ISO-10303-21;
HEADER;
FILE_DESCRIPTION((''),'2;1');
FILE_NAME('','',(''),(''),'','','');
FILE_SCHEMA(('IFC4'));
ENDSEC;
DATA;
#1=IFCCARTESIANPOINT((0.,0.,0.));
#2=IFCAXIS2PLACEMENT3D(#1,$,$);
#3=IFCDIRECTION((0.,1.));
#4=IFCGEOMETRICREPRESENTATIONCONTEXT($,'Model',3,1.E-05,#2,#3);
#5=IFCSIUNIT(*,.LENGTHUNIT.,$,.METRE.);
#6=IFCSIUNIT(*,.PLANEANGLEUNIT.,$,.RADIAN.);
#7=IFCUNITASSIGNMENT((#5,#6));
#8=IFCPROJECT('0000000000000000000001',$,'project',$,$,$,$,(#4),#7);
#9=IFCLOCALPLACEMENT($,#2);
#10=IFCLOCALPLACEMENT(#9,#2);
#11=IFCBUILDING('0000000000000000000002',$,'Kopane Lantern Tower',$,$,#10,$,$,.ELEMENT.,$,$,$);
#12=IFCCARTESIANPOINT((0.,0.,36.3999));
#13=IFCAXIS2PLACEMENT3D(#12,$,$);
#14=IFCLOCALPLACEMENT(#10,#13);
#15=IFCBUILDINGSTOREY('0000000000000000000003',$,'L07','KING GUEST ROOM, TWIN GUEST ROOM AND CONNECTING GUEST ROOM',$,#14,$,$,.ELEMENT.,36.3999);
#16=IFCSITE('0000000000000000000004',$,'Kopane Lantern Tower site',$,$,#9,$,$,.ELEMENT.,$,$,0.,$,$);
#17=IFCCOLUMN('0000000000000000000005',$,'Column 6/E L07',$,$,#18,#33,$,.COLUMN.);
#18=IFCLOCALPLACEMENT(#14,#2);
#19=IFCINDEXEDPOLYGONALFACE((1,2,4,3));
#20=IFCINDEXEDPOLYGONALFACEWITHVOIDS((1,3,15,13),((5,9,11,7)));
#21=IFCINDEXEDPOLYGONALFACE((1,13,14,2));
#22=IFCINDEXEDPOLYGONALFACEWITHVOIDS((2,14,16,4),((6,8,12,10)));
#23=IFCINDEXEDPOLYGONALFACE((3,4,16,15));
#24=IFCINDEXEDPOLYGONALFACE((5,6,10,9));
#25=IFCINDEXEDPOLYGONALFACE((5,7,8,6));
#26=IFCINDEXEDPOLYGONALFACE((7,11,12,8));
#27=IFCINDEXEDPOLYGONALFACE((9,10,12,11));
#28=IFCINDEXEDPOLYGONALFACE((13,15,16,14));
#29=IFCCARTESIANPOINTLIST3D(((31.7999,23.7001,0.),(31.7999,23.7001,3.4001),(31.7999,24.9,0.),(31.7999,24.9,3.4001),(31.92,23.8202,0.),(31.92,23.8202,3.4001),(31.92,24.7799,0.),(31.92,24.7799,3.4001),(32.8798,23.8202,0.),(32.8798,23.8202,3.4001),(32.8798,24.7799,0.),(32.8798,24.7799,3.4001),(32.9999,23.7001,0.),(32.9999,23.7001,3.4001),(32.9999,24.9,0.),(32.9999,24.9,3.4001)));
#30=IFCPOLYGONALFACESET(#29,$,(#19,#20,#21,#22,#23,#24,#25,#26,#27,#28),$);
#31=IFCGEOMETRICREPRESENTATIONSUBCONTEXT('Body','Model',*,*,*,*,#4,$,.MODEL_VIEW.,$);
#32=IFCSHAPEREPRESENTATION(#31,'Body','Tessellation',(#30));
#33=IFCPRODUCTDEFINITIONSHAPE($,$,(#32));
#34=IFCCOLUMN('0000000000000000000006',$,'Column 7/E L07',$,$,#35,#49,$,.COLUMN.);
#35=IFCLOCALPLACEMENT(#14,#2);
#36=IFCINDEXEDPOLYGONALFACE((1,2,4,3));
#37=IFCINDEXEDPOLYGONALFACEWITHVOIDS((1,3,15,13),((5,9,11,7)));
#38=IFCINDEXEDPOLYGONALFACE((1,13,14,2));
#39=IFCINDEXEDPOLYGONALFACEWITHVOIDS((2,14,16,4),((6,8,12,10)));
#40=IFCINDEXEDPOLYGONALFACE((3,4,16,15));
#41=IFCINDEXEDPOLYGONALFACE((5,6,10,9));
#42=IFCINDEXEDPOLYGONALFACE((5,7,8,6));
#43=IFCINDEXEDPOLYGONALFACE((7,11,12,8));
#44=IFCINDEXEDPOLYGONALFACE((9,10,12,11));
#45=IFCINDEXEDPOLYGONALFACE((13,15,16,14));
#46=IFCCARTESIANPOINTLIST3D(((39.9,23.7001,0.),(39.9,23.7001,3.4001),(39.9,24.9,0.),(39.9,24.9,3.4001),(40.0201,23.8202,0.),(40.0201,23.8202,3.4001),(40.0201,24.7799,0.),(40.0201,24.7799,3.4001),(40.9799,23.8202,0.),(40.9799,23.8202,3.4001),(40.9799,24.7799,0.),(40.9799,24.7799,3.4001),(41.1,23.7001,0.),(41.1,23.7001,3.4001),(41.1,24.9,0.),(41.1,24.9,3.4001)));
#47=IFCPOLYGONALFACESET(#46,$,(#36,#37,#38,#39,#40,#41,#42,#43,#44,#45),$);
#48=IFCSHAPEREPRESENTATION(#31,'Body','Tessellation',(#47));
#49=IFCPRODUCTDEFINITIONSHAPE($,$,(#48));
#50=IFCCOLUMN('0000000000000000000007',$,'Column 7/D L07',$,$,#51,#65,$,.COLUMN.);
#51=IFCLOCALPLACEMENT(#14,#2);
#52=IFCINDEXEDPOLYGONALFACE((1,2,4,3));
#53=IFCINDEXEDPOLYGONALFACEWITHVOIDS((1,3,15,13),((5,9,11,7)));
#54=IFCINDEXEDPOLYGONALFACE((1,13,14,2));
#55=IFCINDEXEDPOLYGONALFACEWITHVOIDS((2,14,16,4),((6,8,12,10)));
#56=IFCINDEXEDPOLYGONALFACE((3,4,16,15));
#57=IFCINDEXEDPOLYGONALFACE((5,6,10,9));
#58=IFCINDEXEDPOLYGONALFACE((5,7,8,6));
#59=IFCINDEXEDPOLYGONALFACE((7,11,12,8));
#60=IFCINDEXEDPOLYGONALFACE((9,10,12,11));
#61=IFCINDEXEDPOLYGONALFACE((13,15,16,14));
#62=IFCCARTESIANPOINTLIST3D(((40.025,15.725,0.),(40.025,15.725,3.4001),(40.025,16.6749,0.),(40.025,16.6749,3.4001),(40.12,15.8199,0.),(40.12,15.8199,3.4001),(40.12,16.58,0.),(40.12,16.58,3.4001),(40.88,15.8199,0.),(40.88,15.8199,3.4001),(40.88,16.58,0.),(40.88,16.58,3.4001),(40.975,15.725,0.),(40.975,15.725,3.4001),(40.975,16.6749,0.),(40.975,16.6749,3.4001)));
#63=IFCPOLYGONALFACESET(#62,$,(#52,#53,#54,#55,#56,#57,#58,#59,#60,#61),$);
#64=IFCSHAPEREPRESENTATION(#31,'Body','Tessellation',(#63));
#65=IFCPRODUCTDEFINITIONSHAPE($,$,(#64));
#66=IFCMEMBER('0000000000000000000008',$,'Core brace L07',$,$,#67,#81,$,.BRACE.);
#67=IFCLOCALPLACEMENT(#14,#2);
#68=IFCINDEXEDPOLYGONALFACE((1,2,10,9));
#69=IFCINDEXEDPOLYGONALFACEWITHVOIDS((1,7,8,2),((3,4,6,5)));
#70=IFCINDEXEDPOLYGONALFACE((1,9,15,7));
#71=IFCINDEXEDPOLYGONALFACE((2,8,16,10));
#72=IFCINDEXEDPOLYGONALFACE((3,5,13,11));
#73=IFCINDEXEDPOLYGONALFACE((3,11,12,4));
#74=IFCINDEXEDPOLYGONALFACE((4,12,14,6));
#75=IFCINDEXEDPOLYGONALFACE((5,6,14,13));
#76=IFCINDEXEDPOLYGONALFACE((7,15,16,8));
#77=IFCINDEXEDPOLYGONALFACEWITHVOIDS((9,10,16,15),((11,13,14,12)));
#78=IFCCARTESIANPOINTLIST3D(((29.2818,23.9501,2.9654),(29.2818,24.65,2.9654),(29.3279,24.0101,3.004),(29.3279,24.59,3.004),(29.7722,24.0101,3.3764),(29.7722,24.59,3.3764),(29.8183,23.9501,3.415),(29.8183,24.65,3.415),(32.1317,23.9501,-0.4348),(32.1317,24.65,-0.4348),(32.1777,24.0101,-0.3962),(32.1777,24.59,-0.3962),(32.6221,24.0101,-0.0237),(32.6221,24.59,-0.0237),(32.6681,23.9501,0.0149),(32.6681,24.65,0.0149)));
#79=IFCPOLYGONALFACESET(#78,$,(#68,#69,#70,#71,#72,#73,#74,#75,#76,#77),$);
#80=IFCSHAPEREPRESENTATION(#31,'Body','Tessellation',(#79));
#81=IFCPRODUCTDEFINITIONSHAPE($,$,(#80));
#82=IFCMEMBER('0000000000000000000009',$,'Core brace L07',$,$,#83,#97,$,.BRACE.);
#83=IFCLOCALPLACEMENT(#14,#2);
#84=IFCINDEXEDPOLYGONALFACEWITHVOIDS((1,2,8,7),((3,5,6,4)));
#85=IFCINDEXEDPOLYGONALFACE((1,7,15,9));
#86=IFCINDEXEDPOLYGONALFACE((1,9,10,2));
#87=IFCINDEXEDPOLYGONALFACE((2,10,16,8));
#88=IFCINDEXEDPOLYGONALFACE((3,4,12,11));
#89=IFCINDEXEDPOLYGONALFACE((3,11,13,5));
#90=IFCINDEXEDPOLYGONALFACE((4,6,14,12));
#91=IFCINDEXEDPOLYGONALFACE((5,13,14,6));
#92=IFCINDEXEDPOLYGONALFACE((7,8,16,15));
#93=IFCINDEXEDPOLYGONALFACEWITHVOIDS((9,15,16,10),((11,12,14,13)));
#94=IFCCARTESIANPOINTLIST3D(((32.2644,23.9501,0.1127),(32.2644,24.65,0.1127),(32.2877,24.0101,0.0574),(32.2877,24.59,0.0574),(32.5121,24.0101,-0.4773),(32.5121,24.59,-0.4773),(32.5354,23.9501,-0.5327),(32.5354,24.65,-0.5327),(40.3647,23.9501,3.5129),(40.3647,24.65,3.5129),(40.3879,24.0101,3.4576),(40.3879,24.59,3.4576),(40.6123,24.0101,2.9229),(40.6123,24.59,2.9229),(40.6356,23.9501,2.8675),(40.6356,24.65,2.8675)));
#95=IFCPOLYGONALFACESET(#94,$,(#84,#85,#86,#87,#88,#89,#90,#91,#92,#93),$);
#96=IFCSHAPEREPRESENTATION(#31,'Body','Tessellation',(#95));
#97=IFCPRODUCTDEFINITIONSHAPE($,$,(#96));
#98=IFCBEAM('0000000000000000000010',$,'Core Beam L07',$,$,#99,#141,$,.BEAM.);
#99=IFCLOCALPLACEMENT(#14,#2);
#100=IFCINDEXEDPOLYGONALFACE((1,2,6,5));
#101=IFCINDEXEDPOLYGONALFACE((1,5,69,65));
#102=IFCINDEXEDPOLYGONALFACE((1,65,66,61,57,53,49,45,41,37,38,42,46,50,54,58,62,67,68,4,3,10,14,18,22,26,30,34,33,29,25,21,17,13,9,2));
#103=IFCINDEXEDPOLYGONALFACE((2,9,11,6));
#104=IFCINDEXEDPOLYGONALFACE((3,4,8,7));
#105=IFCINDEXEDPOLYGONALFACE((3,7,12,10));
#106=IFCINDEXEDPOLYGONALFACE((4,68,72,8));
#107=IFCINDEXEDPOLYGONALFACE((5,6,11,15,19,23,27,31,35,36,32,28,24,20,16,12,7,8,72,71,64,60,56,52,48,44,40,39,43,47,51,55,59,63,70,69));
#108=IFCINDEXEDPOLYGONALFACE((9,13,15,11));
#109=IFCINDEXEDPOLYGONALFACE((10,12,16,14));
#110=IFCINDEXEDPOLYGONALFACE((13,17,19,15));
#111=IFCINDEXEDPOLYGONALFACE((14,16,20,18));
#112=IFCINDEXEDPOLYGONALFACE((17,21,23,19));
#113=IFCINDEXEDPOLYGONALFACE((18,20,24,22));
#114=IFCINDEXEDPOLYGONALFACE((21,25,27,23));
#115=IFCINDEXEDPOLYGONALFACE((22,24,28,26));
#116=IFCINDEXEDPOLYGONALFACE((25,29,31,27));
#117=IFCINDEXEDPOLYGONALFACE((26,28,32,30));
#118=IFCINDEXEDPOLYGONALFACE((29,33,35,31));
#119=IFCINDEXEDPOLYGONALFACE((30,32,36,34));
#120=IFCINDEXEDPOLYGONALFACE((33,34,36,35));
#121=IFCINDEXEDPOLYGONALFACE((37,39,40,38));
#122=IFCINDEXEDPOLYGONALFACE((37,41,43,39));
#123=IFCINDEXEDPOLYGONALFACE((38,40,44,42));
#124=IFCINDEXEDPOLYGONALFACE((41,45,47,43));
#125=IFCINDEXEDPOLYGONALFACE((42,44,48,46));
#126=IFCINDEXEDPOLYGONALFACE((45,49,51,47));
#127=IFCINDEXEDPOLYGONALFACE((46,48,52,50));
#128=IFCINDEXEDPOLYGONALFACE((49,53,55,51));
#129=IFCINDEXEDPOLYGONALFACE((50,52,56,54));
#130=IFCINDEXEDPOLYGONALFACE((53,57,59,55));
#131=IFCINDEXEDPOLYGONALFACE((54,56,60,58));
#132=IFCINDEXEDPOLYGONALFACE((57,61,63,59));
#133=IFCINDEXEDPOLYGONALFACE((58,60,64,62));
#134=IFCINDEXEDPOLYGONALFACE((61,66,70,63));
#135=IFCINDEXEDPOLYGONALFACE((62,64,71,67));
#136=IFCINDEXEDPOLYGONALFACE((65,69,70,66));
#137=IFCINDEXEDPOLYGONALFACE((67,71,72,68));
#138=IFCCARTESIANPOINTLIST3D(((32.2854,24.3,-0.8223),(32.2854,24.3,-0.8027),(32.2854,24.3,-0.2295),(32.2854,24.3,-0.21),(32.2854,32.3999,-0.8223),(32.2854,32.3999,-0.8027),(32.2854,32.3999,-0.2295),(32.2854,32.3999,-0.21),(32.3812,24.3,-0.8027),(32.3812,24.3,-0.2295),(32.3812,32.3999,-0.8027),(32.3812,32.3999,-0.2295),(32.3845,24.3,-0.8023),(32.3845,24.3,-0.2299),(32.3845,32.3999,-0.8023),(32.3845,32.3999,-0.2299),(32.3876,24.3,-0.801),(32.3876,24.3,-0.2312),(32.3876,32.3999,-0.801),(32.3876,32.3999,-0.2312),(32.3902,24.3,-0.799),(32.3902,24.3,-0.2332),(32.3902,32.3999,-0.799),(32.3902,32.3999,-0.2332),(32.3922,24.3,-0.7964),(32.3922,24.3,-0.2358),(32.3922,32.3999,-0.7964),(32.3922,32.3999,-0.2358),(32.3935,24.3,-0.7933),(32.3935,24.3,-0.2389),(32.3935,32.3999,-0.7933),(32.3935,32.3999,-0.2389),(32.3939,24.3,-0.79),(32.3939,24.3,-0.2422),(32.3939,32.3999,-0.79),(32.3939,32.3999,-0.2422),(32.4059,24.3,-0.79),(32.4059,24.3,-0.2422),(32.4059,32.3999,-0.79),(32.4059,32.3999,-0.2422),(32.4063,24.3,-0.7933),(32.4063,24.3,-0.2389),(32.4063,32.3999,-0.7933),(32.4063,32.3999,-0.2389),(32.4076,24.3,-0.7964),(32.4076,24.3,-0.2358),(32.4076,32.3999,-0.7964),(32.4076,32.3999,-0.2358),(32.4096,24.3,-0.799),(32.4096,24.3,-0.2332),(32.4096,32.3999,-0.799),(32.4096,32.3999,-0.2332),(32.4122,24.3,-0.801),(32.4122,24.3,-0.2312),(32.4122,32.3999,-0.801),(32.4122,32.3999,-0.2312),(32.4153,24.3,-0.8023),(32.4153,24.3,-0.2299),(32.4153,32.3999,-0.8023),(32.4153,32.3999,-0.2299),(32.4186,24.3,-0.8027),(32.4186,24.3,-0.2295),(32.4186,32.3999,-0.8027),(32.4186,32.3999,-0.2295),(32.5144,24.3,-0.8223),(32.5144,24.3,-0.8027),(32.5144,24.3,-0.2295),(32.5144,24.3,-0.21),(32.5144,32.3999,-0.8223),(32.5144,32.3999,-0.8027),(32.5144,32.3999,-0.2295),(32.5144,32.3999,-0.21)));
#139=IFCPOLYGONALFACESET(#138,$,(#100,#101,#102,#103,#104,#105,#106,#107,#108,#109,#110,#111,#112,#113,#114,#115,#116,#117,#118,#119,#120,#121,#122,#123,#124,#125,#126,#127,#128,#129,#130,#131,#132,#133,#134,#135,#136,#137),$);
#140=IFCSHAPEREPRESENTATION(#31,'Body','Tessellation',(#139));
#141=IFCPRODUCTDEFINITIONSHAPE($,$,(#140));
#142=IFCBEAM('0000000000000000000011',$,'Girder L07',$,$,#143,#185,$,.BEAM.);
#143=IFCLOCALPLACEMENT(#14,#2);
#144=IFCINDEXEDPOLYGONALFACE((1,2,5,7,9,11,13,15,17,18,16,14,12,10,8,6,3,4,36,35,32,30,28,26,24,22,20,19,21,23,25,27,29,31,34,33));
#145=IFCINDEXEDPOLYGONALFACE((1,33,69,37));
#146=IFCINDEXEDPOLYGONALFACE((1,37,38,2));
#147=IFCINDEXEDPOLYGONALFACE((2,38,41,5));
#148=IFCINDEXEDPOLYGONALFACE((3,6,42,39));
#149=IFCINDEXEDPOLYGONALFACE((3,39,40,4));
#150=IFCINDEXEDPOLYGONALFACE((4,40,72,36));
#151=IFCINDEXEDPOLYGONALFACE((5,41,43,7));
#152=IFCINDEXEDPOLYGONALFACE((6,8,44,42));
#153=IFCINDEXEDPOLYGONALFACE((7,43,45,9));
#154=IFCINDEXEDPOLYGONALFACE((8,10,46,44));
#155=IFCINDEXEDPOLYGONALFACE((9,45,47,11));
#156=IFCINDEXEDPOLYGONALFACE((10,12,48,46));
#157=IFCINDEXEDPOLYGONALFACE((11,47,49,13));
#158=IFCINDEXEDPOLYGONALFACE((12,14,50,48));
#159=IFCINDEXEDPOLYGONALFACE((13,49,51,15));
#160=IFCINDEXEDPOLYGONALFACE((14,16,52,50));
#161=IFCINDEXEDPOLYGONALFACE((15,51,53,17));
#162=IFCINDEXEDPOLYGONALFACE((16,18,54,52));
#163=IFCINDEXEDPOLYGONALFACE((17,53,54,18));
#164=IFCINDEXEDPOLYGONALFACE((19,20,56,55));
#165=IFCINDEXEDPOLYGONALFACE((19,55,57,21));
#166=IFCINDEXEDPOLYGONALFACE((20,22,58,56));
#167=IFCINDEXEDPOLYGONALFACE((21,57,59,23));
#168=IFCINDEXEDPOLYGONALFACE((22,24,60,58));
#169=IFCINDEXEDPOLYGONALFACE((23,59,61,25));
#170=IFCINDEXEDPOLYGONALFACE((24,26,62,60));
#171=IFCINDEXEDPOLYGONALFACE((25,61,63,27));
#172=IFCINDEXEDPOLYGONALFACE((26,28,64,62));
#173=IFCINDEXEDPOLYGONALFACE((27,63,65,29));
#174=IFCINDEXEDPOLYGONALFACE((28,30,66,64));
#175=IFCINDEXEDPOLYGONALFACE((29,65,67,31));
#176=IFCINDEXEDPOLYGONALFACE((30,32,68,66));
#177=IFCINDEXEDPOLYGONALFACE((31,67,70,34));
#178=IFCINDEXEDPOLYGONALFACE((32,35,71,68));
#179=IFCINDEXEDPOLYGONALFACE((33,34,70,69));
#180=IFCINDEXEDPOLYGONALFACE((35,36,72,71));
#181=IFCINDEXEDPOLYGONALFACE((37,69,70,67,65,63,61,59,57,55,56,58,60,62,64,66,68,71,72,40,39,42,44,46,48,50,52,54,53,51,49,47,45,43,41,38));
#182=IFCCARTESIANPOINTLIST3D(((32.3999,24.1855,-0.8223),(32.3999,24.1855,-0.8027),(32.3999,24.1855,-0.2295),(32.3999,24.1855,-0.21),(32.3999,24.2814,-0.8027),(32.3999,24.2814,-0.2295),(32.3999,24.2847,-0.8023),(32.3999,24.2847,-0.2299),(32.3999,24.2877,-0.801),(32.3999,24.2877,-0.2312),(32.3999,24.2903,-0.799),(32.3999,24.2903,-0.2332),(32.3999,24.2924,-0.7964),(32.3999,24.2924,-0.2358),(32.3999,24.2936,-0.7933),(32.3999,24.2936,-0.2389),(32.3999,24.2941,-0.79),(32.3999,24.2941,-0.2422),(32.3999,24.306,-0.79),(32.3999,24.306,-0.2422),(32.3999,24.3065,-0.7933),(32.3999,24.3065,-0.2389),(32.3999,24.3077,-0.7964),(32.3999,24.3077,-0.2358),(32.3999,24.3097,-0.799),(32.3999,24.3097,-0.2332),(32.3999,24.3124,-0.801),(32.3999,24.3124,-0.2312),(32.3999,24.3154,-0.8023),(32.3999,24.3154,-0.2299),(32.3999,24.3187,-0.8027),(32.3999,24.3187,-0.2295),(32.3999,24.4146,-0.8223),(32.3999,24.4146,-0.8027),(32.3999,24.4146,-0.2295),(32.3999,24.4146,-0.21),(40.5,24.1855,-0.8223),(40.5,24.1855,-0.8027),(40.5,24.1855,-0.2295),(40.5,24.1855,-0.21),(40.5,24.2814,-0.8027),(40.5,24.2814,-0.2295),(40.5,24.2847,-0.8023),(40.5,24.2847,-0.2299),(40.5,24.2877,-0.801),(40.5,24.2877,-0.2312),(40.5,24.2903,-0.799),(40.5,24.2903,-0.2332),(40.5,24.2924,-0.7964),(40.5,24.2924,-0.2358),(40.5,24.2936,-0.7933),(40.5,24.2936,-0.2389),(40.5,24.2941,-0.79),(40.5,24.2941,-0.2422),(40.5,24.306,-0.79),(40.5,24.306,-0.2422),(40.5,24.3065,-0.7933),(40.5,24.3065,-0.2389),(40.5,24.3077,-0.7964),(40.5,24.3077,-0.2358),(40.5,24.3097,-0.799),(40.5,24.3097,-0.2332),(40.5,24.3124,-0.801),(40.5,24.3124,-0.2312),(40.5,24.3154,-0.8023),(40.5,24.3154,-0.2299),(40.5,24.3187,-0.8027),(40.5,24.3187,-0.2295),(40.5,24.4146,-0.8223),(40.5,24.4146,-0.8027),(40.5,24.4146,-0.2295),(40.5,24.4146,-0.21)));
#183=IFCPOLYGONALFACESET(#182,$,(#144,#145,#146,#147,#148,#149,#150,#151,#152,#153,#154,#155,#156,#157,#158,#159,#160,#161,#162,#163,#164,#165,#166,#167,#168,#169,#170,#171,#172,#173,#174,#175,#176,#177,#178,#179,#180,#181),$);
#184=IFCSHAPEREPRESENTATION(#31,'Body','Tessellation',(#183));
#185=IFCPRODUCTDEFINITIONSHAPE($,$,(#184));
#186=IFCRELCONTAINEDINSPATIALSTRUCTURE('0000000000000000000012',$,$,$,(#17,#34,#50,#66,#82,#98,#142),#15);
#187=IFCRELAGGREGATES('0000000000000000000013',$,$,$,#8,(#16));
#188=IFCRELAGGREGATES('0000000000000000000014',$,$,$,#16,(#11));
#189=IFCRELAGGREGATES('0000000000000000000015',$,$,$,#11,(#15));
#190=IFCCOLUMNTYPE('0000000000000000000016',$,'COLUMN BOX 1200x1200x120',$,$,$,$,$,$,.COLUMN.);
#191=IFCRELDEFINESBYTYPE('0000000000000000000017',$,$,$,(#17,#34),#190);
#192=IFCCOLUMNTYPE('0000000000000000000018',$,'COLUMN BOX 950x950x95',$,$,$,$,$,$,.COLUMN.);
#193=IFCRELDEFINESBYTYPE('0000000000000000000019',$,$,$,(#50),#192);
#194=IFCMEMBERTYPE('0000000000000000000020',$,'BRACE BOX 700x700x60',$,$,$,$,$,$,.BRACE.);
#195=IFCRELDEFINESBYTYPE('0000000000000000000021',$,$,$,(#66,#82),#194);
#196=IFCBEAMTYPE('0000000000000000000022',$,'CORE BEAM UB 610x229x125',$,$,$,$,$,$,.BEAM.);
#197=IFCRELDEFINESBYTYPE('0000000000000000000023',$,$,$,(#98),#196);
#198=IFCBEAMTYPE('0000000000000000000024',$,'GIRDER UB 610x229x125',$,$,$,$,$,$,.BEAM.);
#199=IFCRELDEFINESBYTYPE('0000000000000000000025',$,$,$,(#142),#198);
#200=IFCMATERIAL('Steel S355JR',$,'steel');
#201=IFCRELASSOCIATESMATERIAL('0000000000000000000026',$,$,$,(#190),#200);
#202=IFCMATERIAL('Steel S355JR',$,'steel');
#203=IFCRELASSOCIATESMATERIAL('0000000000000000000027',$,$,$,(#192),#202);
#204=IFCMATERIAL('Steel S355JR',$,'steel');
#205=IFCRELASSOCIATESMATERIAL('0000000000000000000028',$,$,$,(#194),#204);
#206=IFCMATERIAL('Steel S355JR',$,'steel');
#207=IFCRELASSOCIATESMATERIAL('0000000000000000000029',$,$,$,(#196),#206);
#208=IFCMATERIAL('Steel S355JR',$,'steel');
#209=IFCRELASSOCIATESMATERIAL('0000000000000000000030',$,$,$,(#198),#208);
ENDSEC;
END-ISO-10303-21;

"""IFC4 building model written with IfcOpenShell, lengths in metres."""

from ifc_helpers import new_model, si_unit, direction, frame, origin, origin_2d, place, context, subcontext, project, spatial, hollow_rectangle, i_section, extrude, material, material_profile, profile_set, type_object, element, save


model = new_model("IFC4")

# Units and contexts
model_context = context("Model", 3, precision=1e-05, world=origin(), true_north=direction((0.0, 1.0)))
body_context = subcontext(model_context, "Body", "Model", "MODEL_VIEW")
ifc_project = project(units=[si_unit("LENGTHUNIT", "METRE"), si_unit("PLANEANGLEUNIT", "RADIAN")], contexts=[model_context])

# Site, building, storey
site_placement = place(None, origin())
site = spatial("IfcSite", under=ifc_project, at=site_placement, Name="Kopane Lantern Tower site", CompositionType="ELEMENT", RefElevation=0.0)
building_placement = place(site_placement, origin())
building = spatial("IfcBuilding", under=site, at=building_placement, Name="Kopane Lantern Tower", CompositionType="ELEMENT")
storey_placement = place(building_placement, frame((0.0, 0.0, 36.3999)))
storey = spatial("IfcBuildingStorey", under=building, at=storey_placement, Name="L07", Description="KING GUEST ROOM, TWIN GUEST ROOM AND CONNECTING GUEST ROOM", CompositionType="ELEMENT", Elevation=36.3999)

# Columns
ifc_material_1 = material(Name="Steel S355JR", Category="steel")
ifc_material_profile_1 = material_profile(ifc_material_1, hollow_rectangle(XDim=1.2, YDim=1.2, WallThickness=0.1201, at=origin_2d()), Name="BOX 1200x1200x120")
ifc_profile_set_1 = profile_set([ifc_material_profile_1], Name="Steel S355JR")
column_type_1 = type_object("IfcColumnType", Name="COLUMN BOX 1200x1200x120", PredefinedType="COLUMN", material=ifc_profile_set_1)
for number, where, z_axis, x_axis, name in (
    (1, (32.3999, 24.3, 0.0), (0.0, 0.0, 1.0), (1.0, 0.0, 0.0), "Column 6/E L07"),
    (2, (40.5, 24.3, 0.0), (0.0, 0.0, 1.0), (1.0, 0.0, 0.0), "Column 7/E L07"),
):
    element("IfcColumn", number, at=place(storey_placement, frame(where, z_axis=z_axis, x_axis=x_axis)), inside=storey, type_object=column_type_1, Name=name, PredefinedType="COLUMN", context=body_context, shape_type="SweptSolid", body=[
        extrude(hollow_rectangle(XDim=1.2, YDim=1.2, WallThickness=0.1201, at=origin_2d()), origin(), (0.0, 0.0, 1.0), 3.4001),
    ])
ifc_material_2 = material(Name="Steel S355JR", Category="steel")
ifc_material_profile_2 = material_profile(ifc_material_2, hollow_rectangle(XDim=0.95, YDim=0.95, WallThickness=0.095, at=origin_2d()), Name="BOX 950x950x95")
ifc_profile_set_2 = profile_set([ifc_material_profile_2], Name="Steel S355JR")
column_type_2 = type_object("IfcColumnType", Name="COLUMN BOX 950x950x95", PredefinedType="COLUMN", material=ifc_profile_set_2)
column_placement = place(storey_placement, frame((40.5, 16.2, 0.0), z_axis=(0.0, 0.0, 1.0), x_axis=(1.0, 0.0, 0.0)))
element("IfcColumn", 3, at=column_placement, inside=storey, type_object=column_type_2, Name="Column 7/D L07", PredefinedType="COLUMN", context=body_context, shape_type="SweptSolid", body=[
    extrude(hollow_rectangle(XDim=0.95, YDim=0.95, WallThickness=0.095, at=origin_2d()), origin(), (0.0, 0.0, 1.0), 3.4001),
])

# Members
ifc_material_3 = material(Name="Steel S355JR", Category="steel")
ifc_material_profile_3 = material_profile(ifc_material_3, hollow_rectangle(XDim=0.7, YDim=0.7, WallThickness=0.0601, at=origin_2d()), Name="BOX 700x700x60")
ifc_profile_set_3 = profile_set([ifc_material_profile_3], Name="Steel S355JR")
member_type = type_object("IfcMemberType", Name="BRACE BOX 700x700x60", PredefinedType="BRACE", material=ifc_profile_set_3)
member_1_placement = place(storey_placement, frame((32.3999, 24.3, -0.21), z_axis=(-0.642363, 0.0, 0.7664), x_axis=(0.0, -1.0, 0.0)))
element("IfcMember", 4, at=member_1_placement, inside=storey, type_object=member_type, Name="Core brace L07", PredefinedType="BRACE", context=body_context, shape_type="SweptSolid", body=[
    extrude(hollow_rectangle(XDim=0.7, YDim=0.7, WallThickness=0.0601, at=origin_2d()), origin(), (0.0, 0.0, 1.0), 4.4365),
])
member_2_placement = place(storey_placement, frame((32.3999, 24.3, -0.21), z_axis=(0.922059, 0.0, 0.387049), x_axis=(0.0, 1.0, 0.0)))
element("IfcMember", 5, at=member_2_placement, inside=storey, type_object=member_type, Name="Core brace L07", PredefinedType="BRACE", context=body_context, shape_type="SweptSolid", body=[
    extrude(hollow_rectangle(XDim=0.7, YDim=0.7, WallThickness=0.0601, at=origin_2d()), origin(), (0.0, 0.0, 1.0), 8.7849),
])

# Beams
ifc_material_4 = material(Name="Steel S355JR", Category="steel")
ifc_material_profile_4 = material_profile(ifc_material_4, i_section(OverallWidth=0.229, OverallDepth=0.6123, WebThickness=0.012, FlangeThickness=0.0195, FilletRadius=0.0127, at=origin_2d()), Name="UB 610x229x125")
ifc_profile_set_4 = profile_set([ifc_material_profile_4], Name="Steel S355JR")
beam_type_1 = type_object("IfcBeamType", Name="CORE BEAM UB 610x229x125", PredefinedType="BEAM", material=ifc_profile_set_4)
beam_1_placement = place(storey_placement, frame((32.3999, 24.3, -0.5161), z_axis=(0.0, 1.0, 0.0), x_axis=(-1.0, 0.0, 0.0)))
element("IfcBeam", 6, at=beam_1_placement, inside=storey, type_object=beam_type_1, Name="Core Beam L07", PredefinedType="BEAM", context=body_context, shape_type="SweptSolid", body=[
    extrude(i_section(OverallWidth=0.229, OverallDepth=0.6123, WebThickness=0.012, FlangeThickness=0.0195, FilletRadius=0.0127, at=origin_2d()), origin(), (0.0, 0.0, 1.0), 8.0999),
])
ifc_material_5 = material(Name="Steel S355JR", Category="steel")
ifc_material_profile_5 = material_profile(ifc_material_5, i_section(OverallWidth=0.229, OverallDepth=0.6123, WebThickness=0.012, FlangeThickness=0.0195, FilletRadius=0.0127, at=origin_2d()), Name="UB 610x229x125")
ifc_profile_set_5 = profile_set([ifc_material_profile_5], Name="Steel S355JR")
beam_type_2 = type_object("IfcBeamType", Name="GIRDER UB 610x229x125", PredefinedType="BEAM", material=ifc_profile_set_5)
for number, where, z_axis, x_axis, name in (
    (7, (32.3999, 24.3, -0.5161), (1.0, 0.0, 0.0), (0.0, 1.0, 0.0), "Girder L07"),
):
    element("IfcBeam", number, at=place(storey_placement, frame(where, z_axis=z_axis, x_axis=x_axis)), inside=storey, type_object=beam_type_2, Name=name, PredefinedType="BEAM", context=body_context, shape_type="SweptSolid", body=[
        extrude(i_section(OverallWidth=0.229, OverallDepth=0.6123, WebThickness=0.012, FlangeThickness=0.0195, FilletRadius=0.0127, at=origin_2d()), origin(), (0.0, 0.0, 1.0), 8.1001),
    ])

save(model, "model.ifc")
